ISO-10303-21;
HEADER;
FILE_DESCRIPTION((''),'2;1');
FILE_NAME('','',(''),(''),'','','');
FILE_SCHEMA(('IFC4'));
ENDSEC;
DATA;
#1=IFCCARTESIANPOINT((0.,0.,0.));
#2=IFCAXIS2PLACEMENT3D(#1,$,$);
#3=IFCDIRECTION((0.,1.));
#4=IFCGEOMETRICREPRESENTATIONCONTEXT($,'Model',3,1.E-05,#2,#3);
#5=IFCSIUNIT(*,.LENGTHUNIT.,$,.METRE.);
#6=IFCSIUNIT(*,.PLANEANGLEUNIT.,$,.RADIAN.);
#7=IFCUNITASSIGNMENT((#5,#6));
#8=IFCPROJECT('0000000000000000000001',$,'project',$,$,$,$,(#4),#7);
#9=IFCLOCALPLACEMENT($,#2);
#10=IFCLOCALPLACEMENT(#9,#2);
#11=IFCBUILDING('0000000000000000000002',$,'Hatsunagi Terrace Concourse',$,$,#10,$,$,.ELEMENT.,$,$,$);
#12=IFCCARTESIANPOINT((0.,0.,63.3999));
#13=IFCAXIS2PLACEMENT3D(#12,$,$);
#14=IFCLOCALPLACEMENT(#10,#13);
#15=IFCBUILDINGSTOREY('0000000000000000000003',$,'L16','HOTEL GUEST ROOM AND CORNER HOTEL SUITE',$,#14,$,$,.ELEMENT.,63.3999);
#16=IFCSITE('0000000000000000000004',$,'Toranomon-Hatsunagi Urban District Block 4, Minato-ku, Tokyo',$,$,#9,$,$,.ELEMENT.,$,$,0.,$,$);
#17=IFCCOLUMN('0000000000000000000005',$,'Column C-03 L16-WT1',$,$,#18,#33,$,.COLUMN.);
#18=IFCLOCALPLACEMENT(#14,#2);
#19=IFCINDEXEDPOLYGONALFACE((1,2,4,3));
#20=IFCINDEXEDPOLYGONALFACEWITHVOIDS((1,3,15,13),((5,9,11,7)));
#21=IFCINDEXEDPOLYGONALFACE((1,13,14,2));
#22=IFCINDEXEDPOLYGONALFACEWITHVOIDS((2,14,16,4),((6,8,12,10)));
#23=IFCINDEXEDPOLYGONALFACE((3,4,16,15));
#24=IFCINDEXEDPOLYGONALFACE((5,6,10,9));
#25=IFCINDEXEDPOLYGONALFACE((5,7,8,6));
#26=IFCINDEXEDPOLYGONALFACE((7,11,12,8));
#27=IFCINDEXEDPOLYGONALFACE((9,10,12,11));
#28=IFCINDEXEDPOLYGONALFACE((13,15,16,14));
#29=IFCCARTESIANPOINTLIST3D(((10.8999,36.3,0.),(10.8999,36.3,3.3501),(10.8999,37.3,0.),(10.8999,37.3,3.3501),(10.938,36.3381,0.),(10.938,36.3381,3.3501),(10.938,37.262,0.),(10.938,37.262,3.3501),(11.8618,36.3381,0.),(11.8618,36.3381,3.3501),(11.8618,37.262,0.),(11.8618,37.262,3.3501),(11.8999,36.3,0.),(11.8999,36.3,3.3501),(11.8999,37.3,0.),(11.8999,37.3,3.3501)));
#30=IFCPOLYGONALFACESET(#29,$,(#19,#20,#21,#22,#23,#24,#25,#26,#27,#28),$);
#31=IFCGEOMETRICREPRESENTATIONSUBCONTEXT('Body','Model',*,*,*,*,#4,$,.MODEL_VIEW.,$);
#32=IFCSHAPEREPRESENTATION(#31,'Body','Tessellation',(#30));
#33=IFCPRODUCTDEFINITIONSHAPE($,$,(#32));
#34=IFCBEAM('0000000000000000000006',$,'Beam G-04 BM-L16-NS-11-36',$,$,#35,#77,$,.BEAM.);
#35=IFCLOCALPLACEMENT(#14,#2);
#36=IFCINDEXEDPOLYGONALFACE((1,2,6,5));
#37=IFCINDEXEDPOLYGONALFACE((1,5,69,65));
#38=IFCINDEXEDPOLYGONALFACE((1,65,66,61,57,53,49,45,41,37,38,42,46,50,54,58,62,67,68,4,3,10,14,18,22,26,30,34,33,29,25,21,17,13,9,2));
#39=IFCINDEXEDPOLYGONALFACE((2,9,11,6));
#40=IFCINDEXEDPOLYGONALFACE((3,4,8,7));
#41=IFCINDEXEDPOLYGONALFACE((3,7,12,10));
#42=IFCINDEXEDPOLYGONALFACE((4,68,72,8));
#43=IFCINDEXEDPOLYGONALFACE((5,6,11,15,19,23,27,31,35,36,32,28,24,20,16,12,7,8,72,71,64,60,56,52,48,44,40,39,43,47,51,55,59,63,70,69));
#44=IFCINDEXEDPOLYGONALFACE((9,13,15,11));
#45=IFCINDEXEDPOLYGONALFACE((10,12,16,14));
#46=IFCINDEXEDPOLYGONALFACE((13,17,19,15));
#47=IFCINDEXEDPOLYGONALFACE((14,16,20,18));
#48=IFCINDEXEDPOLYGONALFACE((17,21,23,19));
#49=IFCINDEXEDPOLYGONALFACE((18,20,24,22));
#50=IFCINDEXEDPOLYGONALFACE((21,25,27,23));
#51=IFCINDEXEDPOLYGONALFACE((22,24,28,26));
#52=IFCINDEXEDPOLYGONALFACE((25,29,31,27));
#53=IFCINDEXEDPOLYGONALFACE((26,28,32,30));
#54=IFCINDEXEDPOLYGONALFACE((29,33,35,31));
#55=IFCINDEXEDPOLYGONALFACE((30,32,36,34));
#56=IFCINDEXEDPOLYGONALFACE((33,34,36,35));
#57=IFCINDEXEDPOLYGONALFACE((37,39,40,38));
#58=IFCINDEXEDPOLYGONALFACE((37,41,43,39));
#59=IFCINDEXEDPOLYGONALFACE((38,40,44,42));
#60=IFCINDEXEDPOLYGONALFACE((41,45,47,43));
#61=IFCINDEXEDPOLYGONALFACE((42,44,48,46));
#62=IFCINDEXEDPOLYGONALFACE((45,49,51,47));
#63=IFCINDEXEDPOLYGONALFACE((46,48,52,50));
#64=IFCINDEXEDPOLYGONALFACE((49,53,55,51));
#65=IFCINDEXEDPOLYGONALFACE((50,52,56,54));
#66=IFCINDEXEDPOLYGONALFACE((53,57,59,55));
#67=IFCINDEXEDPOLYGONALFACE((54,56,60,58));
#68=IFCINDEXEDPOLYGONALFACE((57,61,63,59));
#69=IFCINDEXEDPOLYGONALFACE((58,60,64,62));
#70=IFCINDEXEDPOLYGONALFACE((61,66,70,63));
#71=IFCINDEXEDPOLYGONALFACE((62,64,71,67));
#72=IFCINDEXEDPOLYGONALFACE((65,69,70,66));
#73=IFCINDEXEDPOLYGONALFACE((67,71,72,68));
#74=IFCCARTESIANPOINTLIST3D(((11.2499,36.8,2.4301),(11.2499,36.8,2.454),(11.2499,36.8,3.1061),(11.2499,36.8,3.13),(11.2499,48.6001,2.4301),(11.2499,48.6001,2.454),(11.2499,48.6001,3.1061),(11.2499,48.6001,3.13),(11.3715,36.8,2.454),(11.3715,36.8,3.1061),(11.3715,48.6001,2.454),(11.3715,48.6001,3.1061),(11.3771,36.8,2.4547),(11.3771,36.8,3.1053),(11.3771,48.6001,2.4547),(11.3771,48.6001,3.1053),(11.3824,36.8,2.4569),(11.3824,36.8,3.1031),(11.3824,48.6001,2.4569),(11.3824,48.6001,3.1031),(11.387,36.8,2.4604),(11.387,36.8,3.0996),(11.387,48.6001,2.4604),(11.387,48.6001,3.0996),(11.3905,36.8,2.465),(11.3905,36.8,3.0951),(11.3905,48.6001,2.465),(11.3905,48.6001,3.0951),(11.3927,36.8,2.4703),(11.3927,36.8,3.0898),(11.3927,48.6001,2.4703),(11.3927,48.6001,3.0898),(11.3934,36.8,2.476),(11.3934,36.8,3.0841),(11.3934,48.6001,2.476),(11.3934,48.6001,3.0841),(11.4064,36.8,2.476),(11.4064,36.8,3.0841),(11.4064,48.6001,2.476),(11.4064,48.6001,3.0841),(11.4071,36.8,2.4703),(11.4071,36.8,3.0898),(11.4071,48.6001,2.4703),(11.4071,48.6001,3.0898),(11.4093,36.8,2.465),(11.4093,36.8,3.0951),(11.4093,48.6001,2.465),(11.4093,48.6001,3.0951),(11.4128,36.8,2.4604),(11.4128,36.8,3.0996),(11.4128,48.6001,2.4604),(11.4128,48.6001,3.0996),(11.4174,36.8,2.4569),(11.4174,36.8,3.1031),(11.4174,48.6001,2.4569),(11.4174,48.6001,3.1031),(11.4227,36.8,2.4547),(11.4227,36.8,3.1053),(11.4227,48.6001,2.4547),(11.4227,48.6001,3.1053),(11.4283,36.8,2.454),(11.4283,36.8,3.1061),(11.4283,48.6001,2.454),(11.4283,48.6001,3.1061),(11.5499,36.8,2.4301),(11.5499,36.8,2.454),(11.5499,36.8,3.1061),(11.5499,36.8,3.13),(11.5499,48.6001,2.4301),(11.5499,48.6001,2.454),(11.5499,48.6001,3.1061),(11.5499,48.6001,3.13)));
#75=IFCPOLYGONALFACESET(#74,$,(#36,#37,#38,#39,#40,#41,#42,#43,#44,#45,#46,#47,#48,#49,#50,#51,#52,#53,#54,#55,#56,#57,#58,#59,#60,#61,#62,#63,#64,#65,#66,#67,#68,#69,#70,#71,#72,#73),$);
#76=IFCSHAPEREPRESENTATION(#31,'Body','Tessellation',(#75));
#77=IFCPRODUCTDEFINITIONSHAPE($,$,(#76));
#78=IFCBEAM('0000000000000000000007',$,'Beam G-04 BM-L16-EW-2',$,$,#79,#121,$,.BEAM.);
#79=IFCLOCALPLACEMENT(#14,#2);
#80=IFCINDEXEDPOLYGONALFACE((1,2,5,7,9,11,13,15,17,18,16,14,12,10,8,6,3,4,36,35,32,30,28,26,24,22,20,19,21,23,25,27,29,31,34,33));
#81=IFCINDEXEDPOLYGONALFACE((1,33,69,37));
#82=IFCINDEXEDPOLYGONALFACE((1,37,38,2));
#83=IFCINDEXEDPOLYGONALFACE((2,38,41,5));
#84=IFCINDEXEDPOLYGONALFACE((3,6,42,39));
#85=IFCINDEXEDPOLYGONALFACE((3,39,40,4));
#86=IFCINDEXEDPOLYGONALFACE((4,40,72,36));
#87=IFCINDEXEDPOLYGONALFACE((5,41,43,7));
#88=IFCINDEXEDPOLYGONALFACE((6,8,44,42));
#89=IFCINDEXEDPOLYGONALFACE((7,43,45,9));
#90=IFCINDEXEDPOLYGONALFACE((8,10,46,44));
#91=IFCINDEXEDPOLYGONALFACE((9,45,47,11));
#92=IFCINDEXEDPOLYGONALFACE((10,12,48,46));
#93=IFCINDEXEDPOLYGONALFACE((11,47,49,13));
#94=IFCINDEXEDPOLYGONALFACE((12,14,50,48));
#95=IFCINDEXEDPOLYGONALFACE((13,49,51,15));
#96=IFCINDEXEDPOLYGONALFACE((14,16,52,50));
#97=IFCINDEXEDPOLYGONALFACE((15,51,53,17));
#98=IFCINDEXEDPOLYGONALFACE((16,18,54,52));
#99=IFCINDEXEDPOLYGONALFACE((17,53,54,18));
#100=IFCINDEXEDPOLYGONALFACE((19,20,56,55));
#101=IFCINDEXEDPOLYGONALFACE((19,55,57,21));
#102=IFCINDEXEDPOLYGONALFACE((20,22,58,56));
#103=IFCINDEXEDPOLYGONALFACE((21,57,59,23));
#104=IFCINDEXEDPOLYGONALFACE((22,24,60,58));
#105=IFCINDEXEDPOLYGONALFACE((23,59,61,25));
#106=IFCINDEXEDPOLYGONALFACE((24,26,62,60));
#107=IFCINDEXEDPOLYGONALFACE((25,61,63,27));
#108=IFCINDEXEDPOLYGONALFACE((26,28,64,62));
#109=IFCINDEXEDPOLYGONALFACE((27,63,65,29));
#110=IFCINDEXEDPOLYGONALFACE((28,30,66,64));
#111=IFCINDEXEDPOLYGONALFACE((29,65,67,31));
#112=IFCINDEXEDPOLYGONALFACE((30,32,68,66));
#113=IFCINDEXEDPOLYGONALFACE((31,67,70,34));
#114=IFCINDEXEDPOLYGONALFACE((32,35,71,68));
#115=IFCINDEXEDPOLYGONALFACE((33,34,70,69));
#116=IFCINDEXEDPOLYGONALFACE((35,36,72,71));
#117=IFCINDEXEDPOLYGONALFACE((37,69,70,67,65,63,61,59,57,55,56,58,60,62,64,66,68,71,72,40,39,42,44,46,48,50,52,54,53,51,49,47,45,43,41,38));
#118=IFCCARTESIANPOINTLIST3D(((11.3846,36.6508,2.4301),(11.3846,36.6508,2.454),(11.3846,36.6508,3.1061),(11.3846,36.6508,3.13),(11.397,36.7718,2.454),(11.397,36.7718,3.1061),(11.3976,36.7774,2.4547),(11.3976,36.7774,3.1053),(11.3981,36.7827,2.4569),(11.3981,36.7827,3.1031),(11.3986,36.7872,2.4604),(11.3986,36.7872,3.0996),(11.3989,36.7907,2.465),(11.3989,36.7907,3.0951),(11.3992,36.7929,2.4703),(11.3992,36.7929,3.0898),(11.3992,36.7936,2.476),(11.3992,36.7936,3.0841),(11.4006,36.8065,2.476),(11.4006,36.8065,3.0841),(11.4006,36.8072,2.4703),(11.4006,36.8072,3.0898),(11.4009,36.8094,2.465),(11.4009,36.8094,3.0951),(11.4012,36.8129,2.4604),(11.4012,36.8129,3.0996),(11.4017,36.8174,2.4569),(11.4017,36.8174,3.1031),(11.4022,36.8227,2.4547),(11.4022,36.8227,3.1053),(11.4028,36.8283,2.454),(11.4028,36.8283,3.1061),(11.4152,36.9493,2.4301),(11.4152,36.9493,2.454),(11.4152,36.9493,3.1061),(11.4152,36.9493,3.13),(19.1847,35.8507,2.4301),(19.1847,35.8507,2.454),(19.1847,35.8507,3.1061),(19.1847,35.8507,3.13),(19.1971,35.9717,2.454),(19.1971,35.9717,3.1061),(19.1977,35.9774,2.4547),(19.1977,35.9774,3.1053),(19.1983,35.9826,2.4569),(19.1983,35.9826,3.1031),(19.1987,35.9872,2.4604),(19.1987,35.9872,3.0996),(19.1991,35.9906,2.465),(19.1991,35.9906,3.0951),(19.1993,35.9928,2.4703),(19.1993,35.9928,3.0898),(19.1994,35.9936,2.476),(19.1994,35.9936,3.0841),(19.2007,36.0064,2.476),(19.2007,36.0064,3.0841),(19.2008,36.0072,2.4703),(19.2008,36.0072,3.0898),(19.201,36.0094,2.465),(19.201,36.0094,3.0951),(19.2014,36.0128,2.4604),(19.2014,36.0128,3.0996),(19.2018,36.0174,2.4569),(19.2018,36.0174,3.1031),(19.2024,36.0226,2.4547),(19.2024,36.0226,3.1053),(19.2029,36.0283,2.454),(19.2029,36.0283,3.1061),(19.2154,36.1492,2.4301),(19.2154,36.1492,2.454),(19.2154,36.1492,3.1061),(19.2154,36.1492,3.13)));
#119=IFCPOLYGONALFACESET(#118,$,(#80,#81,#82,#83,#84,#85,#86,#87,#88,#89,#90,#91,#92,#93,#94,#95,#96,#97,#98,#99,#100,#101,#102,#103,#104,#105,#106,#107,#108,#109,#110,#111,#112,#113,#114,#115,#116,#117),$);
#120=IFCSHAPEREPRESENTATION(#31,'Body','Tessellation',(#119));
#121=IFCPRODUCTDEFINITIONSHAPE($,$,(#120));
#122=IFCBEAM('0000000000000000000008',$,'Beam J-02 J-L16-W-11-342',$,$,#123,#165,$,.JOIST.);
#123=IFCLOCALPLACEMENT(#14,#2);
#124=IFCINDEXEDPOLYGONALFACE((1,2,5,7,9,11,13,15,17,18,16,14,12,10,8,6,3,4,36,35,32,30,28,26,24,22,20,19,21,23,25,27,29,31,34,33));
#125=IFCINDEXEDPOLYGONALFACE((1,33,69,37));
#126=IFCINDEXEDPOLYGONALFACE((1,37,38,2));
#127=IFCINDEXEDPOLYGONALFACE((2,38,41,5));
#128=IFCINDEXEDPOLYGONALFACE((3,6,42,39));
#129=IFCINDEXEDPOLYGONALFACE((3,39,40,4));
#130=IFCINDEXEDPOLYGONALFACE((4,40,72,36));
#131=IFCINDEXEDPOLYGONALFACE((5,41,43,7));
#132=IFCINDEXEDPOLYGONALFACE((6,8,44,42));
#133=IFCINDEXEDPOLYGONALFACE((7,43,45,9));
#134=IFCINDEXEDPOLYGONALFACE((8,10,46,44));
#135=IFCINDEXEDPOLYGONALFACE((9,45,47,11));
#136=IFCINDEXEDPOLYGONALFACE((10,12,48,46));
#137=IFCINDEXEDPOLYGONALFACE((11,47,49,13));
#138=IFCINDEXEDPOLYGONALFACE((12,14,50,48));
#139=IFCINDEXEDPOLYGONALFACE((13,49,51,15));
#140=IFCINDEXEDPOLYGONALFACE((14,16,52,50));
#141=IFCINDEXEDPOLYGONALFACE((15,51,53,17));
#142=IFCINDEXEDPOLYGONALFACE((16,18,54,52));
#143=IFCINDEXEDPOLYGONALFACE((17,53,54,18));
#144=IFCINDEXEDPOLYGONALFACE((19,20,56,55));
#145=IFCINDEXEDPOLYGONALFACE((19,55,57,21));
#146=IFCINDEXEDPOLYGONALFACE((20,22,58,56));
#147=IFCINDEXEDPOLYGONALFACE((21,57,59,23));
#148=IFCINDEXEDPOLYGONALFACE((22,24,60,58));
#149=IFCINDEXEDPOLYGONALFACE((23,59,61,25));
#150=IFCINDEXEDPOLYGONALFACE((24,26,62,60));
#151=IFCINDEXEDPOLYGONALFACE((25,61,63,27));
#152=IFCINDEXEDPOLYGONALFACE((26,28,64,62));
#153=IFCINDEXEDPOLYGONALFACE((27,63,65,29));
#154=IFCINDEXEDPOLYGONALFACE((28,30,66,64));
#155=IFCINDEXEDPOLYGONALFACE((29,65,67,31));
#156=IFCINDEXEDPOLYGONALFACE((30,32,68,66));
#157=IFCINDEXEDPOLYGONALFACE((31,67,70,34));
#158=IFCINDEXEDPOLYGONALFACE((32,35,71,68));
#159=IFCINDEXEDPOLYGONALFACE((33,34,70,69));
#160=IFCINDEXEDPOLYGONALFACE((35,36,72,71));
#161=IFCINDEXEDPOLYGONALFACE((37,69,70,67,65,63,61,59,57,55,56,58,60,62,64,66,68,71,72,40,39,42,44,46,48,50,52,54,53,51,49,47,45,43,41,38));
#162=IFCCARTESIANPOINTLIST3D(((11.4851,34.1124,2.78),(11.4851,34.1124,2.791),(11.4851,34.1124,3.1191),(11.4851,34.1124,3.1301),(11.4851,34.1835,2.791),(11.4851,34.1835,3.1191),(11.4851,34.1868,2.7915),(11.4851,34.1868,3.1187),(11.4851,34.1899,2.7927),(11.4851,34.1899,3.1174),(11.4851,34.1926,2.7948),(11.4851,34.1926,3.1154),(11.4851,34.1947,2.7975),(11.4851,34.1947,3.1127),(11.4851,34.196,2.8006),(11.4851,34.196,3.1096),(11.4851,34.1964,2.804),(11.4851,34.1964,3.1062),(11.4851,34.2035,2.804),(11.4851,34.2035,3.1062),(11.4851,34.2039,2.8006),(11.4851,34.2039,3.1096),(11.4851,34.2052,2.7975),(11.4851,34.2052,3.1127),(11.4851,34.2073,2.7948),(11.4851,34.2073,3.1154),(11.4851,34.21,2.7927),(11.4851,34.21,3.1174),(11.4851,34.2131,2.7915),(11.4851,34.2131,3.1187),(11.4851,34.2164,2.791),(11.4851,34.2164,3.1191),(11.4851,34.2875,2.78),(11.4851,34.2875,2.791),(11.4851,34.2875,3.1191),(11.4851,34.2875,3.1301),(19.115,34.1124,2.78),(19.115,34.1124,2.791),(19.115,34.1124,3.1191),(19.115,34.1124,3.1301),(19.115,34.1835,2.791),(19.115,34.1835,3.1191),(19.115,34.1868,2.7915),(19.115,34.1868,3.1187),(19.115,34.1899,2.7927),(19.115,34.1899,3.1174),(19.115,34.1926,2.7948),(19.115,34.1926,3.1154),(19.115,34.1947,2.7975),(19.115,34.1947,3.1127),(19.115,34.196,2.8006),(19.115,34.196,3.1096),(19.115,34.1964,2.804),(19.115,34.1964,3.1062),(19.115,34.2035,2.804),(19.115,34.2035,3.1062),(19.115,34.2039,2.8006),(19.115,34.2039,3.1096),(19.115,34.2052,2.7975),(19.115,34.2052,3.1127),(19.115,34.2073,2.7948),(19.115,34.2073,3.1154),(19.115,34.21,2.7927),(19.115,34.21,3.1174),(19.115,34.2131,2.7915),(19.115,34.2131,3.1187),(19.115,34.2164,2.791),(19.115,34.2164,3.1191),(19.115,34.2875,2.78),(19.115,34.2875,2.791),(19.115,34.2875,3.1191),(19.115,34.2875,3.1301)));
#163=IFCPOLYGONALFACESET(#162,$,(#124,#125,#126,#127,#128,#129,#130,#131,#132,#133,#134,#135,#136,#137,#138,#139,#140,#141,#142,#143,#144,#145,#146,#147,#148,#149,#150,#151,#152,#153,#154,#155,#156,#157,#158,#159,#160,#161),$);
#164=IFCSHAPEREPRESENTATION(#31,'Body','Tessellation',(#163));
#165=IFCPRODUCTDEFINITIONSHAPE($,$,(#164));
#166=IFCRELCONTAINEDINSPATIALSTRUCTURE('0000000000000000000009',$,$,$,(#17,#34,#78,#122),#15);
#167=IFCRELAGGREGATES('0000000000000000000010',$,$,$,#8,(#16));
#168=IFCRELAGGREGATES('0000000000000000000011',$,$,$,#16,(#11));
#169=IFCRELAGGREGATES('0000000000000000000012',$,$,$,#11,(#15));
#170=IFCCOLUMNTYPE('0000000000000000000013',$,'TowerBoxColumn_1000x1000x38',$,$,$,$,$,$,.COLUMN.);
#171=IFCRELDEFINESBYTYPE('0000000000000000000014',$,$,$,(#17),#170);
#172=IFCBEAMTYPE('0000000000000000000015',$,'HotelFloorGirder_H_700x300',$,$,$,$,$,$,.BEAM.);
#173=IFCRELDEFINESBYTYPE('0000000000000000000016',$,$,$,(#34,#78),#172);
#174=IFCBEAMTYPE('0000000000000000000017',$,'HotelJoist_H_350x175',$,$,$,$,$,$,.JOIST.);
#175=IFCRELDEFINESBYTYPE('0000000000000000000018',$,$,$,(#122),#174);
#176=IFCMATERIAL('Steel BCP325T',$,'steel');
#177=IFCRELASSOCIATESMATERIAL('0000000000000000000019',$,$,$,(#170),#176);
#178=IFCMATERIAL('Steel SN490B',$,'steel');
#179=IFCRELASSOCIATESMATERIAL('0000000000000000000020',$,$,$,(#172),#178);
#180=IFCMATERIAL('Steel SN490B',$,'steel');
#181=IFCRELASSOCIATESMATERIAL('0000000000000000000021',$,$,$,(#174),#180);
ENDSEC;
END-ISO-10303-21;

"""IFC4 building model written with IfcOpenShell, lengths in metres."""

from ifc_helpers import new_model, si_unit, direction, frame, origin, origin_2d, place, context, subcontext, project, spatial, hollow_rectangle, i_section, extrude, material, material_profile, profile_set, type_object, element, save


model = new_model("IFC4")

# Units and contexts
model_context = context("Model", 3, precision=1e-05, world=origin(), true_north=direction((0.0, 1.0)))
body_context = subcontext(model_context, "Body", "Model", "MODEL_VIEW")
ifc_project = project(units=[si_unit("LENGTHUNIT", "METRE"), si_unit("PLANEANGLEUNIT", "RADIAN")], contexts=[model_context])

# Site, building, storey
site_placement = place(None, origin())
site = spatial("IfcSite", under=ifc_project, at=site_placement, Name="Toranomon-Hatsunagi Urban District Block 4, Minato-ku, Tokyo", CompositionType="ELEMENT", RefElevation=0.0)
building_placement = place(site_placement, origin())
building = spatial("IfcBuilding", under=site, at=building_placement, Name="Hatsunagi Terrace Concourse", CompositionType="ELEMENT")
storey_placement = place(building_placement, frame((0.0, 0.0, 63.3999)))
storey = spatial("IfcBuildingStorey", under=building, at=storey_placement, Name="L16", Description="HOTEL GUEST ROOM AND CORNER HOTEL SUITE", CompositionType="ELEMENT", Elevation=63.3999)

# Column
ifc_material_1 = material(Name="Steel BCP325T", Category="steel")
ifc_material_profile_1 = material_profile(ifc_material_1, hollow_rectangle(XDim=1.0, YDim=1.0, WallThickness=0.0381, at=origin_2d()), Name="BCP-1000x1000x38")
ifc_profile_set_1 = profile_set([ifc_material_profile_1], Name="Steel BCP325T")
column_type = type_object("IfcColumnType", Name="TowerBoxColumn_1000x1000x38", PredefinedType="COLUMN", material=ifc_profile_set_1)
column_placement = place(storey_placement, frame((11.3999, 36.8, 0.0), z_axis=(0.0, 0.0, 1.0), x_axis=(1.0, 0.0, 0.0)))
element("IfcColumn", 1, at=column_placement, inside=storey, type_object=column_type, Name="Column C-03 L16-WT1", PredefinedType="COLUMN", context=body_context, shape_type="SweptSolid", body=[
    extrude(hollow_rectangle(XDim=1.0, YDim=1.0, WallThickness=0.0381, at=origin_2d()), origin(), (0.0, 0.0, 1.0), 3.3501),
])

# Beams
ifc_material_2 = material(Name="Steel SN490B", Category="steel")
ifc_material_profile_2 = material_profile(ifc_material_2, i_section(OverallWidth=0.3, OverallDepth=0.7, WebThickness=0.0129, FlangeThickness=0.0239, FilletRadius=0.022, at=origin_2d()), Name="H-700x300x13x24")
ifc_profile_set_2 = profile_set([ifc_material_profile_2], Name="Steel SN490B")
beam_type_1 = type_object("IfcBeamType", Name="HotelFloorGirder_H_700x300", PredefinedType="BEAM", material=ifc_profile_set_2)
beam_1_placement = place(storey_placement, frame((11.3999, 36.8, 2.78), z_axis=(0.0, 1.0, 0.0), x_axis=(-1.0, 0.0, 0.0)))
element("IfcBeam", 2, at=beam_1_placement, inside=storey, type_object=beam_type_1, Name="Beam G-04 BM-L16-NS-11-36", PredefinedType="BEAM", context=body_context, shape_type="SweptSolid", body=[
    extrude(i_section(OverallWidth=0.3, OverallDepth=0.7, WebThickness=0.0129, FlangeThickness=0.0239, FilletRadius=0.022, at=origin_2d()), origin(), (0.0, 0.0, 1.0), 11.8),
])
beam_2_placement = place(storey_placement, frame((11.3999, 36.8, 2.78), z_axis=(0.994781, -0.102034, 0.0), x_axis=(0.102034, 0.994781, 0.0)))
element("IfcBeam", 3, at=beam_2_placement, inside=storey, type_object=beam_type_1, Name="Beam G-04 BM-L16-EW-2", PredefinedType="BEAM", context=body_context, shape_type="SweptSolid", body=[
    extrude(i_section(OverallWidth=0.3, OverallDepth=0.7, WebThickness=0.0129, FlangeThickness=0.0239, FilletRadius=0.022, at=origin_2d()), origin(), (0.0, 0.0, 1.0), 7.8411),
])
ifc_material_3 = material(Name="Steel SN490B", Category="steel")
ifc_material_profile_3 = material_profile(ifc_material_3, i_section(OverallWidth=0.175, OverallDepth=0.3501, WebThickness=0.0071, FlangeThickness=0.011, FilletRadius=0.0129, at=origin_2d()), Name="H-350x175x7x11")
ifc_profile_set_3 = profile_set([ifc_material_profile_3], Name="Steel SN490B")
beam_type_2 = type_object("IfcBeamType", Name="HotelJoist_H_350x175", PredefinedType="JOIST", material=ifc_profile_set_3)
beam_3_placement = place(storey_placement, frame((11.4851, 34.2, 2.9551), z_axis=(1.0, 0.0, 0.0), x_axis=(0.0, 1.0, 0.0)))
element("IfcBeam", 4, at=beam_3_placement, inside=storey, type_object=beam_type_2, Name="Beam J-02 J-L16-W-11-342", PredefinedType="JOIST", context=body_context, shape_type="SweptSolid", body=[
    extrude(i_section(OverallWidth=0.175, OverallDepth=0.3501, WebThickness=0.0071, FlangeThickness=0.011, FilletRadius=0.0129, at=origin_2d()), origin(), (0.0, 0.0, 1.0), 7.6299),
])

save(model, "model.ifc")
